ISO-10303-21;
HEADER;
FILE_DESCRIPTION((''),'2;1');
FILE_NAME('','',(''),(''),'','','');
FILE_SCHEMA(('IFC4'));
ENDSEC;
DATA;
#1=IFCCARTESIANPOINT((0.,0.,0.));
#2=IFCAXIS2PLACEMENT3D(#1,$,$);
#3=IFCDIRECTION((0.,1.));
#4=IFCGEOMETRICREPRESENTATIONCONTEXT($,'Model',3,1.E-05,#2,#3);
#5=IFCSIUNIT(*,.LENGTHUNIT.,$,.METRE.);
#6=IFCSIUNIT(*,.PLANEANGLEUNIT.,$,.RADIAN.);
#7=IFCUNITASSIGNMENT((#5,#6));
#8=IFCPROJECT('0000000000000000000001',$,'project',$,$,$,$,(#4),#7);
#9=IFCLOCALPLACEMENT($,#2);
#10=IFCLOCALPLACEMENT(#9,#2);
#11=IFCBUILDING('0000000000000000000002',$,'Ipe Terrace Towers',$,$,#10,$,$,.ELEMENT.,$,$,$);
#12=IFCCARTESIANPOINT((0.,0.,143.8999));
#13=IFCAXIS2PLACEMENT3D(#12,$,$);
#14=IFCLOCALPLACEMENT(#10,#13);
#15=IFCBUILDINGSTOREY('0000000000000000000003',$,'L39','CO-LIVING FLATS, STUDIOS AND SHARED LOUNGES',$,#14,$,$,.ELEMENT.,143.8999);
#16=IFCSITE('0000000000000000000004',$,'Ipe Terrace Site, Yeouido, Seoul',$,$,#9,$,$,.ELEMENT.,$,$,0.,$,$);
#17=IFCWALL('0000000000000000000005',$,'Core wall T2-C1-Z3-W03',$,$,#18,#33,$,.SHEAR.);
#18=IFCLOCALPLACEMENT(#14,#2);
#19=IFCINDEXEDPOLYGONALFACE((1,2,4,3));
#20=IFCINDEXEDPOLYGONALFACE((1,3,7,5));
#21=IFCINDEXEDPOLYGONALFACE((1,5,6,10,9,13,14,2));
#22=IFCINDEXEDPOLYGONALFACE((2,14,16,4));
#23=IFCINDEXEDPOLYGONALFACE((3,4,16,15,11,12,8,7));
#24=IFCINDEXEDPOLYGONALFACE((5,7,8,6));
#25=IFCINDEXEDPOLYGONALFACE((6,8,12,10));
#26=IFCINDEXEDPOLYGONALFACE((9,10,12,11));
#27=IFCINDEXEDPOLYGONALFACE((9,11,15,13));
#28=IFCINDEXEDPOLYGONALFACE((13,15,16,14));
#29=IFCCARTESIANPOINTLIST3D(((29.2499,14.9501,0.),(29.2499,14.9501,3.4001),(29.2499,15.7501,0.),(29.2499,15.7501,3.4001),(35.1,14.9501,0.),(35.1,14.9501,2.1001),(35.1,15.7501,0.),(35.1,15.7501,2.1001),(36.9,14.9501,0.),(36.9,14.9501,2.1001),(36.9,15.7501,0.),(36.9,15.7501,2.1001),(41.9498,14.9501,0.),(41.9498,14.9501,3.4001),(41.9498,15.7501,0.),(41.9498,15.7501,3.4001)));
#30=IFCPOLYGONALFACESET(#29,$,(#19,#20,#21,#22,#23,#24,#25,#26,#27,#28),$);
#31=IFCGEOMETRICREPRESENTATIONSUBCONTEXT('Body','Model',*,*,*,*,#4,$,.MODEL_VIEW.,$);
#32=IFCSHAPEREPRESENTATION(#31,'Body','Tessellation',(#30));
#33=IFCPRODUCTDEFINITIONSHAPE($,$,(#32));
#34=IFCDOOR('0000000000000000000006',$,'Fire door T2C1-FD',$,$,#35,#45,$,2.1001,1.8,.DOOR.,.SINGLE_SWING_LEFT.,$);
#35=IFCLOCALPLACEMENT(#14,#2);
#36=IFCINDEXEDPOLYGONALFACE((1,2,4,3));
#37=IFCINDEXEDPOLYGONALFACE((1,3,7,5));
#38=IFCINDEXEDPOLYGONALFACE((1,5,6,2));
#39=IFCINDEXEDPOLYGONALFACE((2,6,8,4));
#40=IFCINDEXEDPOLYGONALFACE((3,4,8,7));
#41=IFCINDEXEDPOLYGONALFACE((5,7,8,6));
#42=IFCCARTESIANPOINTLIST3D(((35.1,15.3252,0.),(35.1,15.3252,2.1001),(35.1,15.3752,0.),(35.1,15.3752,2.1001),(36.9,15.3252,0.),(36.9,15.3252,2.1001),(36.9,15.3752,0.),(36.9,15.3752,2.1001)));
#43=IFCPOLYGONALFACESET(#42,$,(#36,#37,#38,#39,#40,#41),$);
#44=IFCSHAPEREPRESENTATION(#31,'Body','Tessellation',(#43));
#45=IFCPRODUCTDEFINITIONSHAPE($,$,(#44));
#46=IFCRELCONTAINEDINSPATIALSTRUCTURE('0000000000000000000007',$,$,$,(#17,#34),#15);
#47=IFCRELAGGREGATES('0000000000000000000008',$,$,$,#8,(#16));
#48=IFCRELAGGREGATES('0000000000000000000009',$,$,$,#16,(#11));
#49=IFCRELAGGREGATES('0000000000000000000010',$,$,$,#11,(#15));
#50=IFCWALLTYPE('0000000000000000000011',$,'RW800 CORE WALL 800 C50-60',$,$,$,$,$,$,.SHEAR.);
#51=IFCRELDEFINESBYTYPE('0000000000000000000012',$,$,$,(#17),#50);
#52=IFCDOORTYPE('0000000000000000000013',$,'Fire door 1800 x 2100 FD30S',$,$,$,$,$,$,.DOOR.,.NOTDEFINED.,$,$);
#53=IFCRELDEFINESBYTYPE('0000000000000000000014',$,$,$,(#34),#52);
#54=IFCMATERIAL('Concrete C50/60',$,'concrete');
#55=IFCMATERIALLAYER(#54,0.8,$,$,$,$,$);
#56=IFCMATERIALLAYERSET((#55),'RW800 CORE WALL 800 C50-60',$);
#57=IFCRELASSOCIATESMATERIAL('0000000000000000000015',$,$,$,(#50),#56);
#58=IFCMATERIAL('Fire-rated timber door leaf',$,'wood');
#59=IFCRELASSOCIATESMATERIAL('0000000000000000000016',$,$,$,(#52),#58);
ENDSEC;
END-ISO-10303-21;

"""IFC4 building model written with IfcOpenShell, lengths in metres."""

from ifc_helpers import new_model, si_unit, direction, frame, frame_2d, origin, place, context, subcontext, project, spatial, rectangle, extrude, material, layer, layer_set, type_object, element, fill, save


model = new_model("IFC4")

# Units and contexts
model_context = context("Model", 3, precision=1e-05, world=origin(), true_north=direction((0.0, 1.0)))
body_context = subcontext(model_context, "Body", "Model", "MODEL_VIEW")
ifc_project = project(units=[si_unit("LENGTHUNIT", "METRE"), si_unit("PLANEANGLEUNIT", "RADIAN")], contexts=[model_context])

# Site, building, storey
site_placement = place(None, origin())
site = spatial("IfcSite", under=ifc_project, at=site_placement, Name="Ipe Terrace Site, Yeouido, Seoul", CompositionType="ELEMENT", RefElevation=0.0)
building_placement = place(site_placement, origin())
building = spatial("IfcBuilding", under=site, at=building_placement, Name="Ipe Terrace Towers", CompositionType="ELEMENT")
storey_placement = place(building_placement, frame((0.0, 0.0, 143.8999)))
storey = spatial("IfcBuildingStorey", under=building, at=storey_placement, Name="L39", Description="CO-LIVING FLATS, STUDIOS AND SHARED LOUNGES", CompositionType="ELEMENT", Elevation=143.8999)

# Wall, opening, door
ifc_material_1 = material(Name="Concrete C50/60", Category="concrete")
ifc_layer_1 = layer(ifc_material_1, 0.8)
ifc_layer_set_1 = layer_set([ifc_layer_1], Name="RW800 CORE WALL 800 C50-60")
wall_type_1 = type_object("IfcWallType", Name="RW800 CORE WALL 800 C50-60", PredefinedType="SHEAR", material=ifc_layer_set_1)
wall_1_placement = place(storey_placement, frame((41.95, 15.3501, 0.0), z_axis=(0.0, 0.0, 1.0), x_axis=(-1.0, 0.0, 0.0)))
wall_1 = element("IfcWall", 1, at=wall_1_placement, inside=storey, type_object=wall_type_1, Name="Core wall T2-C1-Z3-W03", PredefinedType="SHEAR", context=body_context, shape_type="SweptSolid", body=[
    extrude(rectangle(XDim=12.7, YDim=0.8, at=frame_2d((6.3501, 0.0))), origin(), (0.0, 0.0, 1.0), 3.4001),
])
opening_1_placement = place(wall_1_placement, frame((5.05, 0.0, 0.0)))
opening_1 = element("IfcOpeningElement", 2, at=opening_1_placement, cuts=wall_1, PredefinedType="OPENING", context=body_context, shape_type="SweptSolid", body=[
    extrude(rectangle(XDim=1.8, YDim=2.1001, at=frame_2d((0.8999, 1.05))), frame((0.0, 0.4102, 0.0), z_axis=(0.0, -1.0, 0.0), x_axis=(1.0, 0.0, 0.0)), (0.0, 0.0, 1.0), 0.8201),
])
ifc_material_2 = material(Name="Fire-rated timber door leaf", Category="wood")
door_type_1 = type_object("IfcDoorType", Name="Fire door 1800 x 2100 FD30S", OperationType="NOTDEFINED", PredefinedType="DOOR", material=ifc_material_2)
door_1_placement = place(opening_1_placement, origin())
door_1 = element("IfcDoor", 3, at=door_1_placement, inside=storey, type_object=door_type_1, Name="Fire door T2C1-FD", OperationType="SINGLE_SWING_LEFT", OverallHeight=2.1001, OverallWidth=1.8, PredefinedType="DOOR", context=body_context, shape_type="SweptSolid", body=[
    extrude(rectangle(XDim=1.8, YDim=2.1001, at=frame_2d((0.8999, 1.05))), frame((0.0, 0.0249, 0.0), z_axis=(0.0, -1.0, 0.0), x_axis=(1.0, 0.0, 0.0)), (0.0, 0.0, 1.0), 0.05),
])
fill(opening_1, door_1)

save(model, "model.ifc")
